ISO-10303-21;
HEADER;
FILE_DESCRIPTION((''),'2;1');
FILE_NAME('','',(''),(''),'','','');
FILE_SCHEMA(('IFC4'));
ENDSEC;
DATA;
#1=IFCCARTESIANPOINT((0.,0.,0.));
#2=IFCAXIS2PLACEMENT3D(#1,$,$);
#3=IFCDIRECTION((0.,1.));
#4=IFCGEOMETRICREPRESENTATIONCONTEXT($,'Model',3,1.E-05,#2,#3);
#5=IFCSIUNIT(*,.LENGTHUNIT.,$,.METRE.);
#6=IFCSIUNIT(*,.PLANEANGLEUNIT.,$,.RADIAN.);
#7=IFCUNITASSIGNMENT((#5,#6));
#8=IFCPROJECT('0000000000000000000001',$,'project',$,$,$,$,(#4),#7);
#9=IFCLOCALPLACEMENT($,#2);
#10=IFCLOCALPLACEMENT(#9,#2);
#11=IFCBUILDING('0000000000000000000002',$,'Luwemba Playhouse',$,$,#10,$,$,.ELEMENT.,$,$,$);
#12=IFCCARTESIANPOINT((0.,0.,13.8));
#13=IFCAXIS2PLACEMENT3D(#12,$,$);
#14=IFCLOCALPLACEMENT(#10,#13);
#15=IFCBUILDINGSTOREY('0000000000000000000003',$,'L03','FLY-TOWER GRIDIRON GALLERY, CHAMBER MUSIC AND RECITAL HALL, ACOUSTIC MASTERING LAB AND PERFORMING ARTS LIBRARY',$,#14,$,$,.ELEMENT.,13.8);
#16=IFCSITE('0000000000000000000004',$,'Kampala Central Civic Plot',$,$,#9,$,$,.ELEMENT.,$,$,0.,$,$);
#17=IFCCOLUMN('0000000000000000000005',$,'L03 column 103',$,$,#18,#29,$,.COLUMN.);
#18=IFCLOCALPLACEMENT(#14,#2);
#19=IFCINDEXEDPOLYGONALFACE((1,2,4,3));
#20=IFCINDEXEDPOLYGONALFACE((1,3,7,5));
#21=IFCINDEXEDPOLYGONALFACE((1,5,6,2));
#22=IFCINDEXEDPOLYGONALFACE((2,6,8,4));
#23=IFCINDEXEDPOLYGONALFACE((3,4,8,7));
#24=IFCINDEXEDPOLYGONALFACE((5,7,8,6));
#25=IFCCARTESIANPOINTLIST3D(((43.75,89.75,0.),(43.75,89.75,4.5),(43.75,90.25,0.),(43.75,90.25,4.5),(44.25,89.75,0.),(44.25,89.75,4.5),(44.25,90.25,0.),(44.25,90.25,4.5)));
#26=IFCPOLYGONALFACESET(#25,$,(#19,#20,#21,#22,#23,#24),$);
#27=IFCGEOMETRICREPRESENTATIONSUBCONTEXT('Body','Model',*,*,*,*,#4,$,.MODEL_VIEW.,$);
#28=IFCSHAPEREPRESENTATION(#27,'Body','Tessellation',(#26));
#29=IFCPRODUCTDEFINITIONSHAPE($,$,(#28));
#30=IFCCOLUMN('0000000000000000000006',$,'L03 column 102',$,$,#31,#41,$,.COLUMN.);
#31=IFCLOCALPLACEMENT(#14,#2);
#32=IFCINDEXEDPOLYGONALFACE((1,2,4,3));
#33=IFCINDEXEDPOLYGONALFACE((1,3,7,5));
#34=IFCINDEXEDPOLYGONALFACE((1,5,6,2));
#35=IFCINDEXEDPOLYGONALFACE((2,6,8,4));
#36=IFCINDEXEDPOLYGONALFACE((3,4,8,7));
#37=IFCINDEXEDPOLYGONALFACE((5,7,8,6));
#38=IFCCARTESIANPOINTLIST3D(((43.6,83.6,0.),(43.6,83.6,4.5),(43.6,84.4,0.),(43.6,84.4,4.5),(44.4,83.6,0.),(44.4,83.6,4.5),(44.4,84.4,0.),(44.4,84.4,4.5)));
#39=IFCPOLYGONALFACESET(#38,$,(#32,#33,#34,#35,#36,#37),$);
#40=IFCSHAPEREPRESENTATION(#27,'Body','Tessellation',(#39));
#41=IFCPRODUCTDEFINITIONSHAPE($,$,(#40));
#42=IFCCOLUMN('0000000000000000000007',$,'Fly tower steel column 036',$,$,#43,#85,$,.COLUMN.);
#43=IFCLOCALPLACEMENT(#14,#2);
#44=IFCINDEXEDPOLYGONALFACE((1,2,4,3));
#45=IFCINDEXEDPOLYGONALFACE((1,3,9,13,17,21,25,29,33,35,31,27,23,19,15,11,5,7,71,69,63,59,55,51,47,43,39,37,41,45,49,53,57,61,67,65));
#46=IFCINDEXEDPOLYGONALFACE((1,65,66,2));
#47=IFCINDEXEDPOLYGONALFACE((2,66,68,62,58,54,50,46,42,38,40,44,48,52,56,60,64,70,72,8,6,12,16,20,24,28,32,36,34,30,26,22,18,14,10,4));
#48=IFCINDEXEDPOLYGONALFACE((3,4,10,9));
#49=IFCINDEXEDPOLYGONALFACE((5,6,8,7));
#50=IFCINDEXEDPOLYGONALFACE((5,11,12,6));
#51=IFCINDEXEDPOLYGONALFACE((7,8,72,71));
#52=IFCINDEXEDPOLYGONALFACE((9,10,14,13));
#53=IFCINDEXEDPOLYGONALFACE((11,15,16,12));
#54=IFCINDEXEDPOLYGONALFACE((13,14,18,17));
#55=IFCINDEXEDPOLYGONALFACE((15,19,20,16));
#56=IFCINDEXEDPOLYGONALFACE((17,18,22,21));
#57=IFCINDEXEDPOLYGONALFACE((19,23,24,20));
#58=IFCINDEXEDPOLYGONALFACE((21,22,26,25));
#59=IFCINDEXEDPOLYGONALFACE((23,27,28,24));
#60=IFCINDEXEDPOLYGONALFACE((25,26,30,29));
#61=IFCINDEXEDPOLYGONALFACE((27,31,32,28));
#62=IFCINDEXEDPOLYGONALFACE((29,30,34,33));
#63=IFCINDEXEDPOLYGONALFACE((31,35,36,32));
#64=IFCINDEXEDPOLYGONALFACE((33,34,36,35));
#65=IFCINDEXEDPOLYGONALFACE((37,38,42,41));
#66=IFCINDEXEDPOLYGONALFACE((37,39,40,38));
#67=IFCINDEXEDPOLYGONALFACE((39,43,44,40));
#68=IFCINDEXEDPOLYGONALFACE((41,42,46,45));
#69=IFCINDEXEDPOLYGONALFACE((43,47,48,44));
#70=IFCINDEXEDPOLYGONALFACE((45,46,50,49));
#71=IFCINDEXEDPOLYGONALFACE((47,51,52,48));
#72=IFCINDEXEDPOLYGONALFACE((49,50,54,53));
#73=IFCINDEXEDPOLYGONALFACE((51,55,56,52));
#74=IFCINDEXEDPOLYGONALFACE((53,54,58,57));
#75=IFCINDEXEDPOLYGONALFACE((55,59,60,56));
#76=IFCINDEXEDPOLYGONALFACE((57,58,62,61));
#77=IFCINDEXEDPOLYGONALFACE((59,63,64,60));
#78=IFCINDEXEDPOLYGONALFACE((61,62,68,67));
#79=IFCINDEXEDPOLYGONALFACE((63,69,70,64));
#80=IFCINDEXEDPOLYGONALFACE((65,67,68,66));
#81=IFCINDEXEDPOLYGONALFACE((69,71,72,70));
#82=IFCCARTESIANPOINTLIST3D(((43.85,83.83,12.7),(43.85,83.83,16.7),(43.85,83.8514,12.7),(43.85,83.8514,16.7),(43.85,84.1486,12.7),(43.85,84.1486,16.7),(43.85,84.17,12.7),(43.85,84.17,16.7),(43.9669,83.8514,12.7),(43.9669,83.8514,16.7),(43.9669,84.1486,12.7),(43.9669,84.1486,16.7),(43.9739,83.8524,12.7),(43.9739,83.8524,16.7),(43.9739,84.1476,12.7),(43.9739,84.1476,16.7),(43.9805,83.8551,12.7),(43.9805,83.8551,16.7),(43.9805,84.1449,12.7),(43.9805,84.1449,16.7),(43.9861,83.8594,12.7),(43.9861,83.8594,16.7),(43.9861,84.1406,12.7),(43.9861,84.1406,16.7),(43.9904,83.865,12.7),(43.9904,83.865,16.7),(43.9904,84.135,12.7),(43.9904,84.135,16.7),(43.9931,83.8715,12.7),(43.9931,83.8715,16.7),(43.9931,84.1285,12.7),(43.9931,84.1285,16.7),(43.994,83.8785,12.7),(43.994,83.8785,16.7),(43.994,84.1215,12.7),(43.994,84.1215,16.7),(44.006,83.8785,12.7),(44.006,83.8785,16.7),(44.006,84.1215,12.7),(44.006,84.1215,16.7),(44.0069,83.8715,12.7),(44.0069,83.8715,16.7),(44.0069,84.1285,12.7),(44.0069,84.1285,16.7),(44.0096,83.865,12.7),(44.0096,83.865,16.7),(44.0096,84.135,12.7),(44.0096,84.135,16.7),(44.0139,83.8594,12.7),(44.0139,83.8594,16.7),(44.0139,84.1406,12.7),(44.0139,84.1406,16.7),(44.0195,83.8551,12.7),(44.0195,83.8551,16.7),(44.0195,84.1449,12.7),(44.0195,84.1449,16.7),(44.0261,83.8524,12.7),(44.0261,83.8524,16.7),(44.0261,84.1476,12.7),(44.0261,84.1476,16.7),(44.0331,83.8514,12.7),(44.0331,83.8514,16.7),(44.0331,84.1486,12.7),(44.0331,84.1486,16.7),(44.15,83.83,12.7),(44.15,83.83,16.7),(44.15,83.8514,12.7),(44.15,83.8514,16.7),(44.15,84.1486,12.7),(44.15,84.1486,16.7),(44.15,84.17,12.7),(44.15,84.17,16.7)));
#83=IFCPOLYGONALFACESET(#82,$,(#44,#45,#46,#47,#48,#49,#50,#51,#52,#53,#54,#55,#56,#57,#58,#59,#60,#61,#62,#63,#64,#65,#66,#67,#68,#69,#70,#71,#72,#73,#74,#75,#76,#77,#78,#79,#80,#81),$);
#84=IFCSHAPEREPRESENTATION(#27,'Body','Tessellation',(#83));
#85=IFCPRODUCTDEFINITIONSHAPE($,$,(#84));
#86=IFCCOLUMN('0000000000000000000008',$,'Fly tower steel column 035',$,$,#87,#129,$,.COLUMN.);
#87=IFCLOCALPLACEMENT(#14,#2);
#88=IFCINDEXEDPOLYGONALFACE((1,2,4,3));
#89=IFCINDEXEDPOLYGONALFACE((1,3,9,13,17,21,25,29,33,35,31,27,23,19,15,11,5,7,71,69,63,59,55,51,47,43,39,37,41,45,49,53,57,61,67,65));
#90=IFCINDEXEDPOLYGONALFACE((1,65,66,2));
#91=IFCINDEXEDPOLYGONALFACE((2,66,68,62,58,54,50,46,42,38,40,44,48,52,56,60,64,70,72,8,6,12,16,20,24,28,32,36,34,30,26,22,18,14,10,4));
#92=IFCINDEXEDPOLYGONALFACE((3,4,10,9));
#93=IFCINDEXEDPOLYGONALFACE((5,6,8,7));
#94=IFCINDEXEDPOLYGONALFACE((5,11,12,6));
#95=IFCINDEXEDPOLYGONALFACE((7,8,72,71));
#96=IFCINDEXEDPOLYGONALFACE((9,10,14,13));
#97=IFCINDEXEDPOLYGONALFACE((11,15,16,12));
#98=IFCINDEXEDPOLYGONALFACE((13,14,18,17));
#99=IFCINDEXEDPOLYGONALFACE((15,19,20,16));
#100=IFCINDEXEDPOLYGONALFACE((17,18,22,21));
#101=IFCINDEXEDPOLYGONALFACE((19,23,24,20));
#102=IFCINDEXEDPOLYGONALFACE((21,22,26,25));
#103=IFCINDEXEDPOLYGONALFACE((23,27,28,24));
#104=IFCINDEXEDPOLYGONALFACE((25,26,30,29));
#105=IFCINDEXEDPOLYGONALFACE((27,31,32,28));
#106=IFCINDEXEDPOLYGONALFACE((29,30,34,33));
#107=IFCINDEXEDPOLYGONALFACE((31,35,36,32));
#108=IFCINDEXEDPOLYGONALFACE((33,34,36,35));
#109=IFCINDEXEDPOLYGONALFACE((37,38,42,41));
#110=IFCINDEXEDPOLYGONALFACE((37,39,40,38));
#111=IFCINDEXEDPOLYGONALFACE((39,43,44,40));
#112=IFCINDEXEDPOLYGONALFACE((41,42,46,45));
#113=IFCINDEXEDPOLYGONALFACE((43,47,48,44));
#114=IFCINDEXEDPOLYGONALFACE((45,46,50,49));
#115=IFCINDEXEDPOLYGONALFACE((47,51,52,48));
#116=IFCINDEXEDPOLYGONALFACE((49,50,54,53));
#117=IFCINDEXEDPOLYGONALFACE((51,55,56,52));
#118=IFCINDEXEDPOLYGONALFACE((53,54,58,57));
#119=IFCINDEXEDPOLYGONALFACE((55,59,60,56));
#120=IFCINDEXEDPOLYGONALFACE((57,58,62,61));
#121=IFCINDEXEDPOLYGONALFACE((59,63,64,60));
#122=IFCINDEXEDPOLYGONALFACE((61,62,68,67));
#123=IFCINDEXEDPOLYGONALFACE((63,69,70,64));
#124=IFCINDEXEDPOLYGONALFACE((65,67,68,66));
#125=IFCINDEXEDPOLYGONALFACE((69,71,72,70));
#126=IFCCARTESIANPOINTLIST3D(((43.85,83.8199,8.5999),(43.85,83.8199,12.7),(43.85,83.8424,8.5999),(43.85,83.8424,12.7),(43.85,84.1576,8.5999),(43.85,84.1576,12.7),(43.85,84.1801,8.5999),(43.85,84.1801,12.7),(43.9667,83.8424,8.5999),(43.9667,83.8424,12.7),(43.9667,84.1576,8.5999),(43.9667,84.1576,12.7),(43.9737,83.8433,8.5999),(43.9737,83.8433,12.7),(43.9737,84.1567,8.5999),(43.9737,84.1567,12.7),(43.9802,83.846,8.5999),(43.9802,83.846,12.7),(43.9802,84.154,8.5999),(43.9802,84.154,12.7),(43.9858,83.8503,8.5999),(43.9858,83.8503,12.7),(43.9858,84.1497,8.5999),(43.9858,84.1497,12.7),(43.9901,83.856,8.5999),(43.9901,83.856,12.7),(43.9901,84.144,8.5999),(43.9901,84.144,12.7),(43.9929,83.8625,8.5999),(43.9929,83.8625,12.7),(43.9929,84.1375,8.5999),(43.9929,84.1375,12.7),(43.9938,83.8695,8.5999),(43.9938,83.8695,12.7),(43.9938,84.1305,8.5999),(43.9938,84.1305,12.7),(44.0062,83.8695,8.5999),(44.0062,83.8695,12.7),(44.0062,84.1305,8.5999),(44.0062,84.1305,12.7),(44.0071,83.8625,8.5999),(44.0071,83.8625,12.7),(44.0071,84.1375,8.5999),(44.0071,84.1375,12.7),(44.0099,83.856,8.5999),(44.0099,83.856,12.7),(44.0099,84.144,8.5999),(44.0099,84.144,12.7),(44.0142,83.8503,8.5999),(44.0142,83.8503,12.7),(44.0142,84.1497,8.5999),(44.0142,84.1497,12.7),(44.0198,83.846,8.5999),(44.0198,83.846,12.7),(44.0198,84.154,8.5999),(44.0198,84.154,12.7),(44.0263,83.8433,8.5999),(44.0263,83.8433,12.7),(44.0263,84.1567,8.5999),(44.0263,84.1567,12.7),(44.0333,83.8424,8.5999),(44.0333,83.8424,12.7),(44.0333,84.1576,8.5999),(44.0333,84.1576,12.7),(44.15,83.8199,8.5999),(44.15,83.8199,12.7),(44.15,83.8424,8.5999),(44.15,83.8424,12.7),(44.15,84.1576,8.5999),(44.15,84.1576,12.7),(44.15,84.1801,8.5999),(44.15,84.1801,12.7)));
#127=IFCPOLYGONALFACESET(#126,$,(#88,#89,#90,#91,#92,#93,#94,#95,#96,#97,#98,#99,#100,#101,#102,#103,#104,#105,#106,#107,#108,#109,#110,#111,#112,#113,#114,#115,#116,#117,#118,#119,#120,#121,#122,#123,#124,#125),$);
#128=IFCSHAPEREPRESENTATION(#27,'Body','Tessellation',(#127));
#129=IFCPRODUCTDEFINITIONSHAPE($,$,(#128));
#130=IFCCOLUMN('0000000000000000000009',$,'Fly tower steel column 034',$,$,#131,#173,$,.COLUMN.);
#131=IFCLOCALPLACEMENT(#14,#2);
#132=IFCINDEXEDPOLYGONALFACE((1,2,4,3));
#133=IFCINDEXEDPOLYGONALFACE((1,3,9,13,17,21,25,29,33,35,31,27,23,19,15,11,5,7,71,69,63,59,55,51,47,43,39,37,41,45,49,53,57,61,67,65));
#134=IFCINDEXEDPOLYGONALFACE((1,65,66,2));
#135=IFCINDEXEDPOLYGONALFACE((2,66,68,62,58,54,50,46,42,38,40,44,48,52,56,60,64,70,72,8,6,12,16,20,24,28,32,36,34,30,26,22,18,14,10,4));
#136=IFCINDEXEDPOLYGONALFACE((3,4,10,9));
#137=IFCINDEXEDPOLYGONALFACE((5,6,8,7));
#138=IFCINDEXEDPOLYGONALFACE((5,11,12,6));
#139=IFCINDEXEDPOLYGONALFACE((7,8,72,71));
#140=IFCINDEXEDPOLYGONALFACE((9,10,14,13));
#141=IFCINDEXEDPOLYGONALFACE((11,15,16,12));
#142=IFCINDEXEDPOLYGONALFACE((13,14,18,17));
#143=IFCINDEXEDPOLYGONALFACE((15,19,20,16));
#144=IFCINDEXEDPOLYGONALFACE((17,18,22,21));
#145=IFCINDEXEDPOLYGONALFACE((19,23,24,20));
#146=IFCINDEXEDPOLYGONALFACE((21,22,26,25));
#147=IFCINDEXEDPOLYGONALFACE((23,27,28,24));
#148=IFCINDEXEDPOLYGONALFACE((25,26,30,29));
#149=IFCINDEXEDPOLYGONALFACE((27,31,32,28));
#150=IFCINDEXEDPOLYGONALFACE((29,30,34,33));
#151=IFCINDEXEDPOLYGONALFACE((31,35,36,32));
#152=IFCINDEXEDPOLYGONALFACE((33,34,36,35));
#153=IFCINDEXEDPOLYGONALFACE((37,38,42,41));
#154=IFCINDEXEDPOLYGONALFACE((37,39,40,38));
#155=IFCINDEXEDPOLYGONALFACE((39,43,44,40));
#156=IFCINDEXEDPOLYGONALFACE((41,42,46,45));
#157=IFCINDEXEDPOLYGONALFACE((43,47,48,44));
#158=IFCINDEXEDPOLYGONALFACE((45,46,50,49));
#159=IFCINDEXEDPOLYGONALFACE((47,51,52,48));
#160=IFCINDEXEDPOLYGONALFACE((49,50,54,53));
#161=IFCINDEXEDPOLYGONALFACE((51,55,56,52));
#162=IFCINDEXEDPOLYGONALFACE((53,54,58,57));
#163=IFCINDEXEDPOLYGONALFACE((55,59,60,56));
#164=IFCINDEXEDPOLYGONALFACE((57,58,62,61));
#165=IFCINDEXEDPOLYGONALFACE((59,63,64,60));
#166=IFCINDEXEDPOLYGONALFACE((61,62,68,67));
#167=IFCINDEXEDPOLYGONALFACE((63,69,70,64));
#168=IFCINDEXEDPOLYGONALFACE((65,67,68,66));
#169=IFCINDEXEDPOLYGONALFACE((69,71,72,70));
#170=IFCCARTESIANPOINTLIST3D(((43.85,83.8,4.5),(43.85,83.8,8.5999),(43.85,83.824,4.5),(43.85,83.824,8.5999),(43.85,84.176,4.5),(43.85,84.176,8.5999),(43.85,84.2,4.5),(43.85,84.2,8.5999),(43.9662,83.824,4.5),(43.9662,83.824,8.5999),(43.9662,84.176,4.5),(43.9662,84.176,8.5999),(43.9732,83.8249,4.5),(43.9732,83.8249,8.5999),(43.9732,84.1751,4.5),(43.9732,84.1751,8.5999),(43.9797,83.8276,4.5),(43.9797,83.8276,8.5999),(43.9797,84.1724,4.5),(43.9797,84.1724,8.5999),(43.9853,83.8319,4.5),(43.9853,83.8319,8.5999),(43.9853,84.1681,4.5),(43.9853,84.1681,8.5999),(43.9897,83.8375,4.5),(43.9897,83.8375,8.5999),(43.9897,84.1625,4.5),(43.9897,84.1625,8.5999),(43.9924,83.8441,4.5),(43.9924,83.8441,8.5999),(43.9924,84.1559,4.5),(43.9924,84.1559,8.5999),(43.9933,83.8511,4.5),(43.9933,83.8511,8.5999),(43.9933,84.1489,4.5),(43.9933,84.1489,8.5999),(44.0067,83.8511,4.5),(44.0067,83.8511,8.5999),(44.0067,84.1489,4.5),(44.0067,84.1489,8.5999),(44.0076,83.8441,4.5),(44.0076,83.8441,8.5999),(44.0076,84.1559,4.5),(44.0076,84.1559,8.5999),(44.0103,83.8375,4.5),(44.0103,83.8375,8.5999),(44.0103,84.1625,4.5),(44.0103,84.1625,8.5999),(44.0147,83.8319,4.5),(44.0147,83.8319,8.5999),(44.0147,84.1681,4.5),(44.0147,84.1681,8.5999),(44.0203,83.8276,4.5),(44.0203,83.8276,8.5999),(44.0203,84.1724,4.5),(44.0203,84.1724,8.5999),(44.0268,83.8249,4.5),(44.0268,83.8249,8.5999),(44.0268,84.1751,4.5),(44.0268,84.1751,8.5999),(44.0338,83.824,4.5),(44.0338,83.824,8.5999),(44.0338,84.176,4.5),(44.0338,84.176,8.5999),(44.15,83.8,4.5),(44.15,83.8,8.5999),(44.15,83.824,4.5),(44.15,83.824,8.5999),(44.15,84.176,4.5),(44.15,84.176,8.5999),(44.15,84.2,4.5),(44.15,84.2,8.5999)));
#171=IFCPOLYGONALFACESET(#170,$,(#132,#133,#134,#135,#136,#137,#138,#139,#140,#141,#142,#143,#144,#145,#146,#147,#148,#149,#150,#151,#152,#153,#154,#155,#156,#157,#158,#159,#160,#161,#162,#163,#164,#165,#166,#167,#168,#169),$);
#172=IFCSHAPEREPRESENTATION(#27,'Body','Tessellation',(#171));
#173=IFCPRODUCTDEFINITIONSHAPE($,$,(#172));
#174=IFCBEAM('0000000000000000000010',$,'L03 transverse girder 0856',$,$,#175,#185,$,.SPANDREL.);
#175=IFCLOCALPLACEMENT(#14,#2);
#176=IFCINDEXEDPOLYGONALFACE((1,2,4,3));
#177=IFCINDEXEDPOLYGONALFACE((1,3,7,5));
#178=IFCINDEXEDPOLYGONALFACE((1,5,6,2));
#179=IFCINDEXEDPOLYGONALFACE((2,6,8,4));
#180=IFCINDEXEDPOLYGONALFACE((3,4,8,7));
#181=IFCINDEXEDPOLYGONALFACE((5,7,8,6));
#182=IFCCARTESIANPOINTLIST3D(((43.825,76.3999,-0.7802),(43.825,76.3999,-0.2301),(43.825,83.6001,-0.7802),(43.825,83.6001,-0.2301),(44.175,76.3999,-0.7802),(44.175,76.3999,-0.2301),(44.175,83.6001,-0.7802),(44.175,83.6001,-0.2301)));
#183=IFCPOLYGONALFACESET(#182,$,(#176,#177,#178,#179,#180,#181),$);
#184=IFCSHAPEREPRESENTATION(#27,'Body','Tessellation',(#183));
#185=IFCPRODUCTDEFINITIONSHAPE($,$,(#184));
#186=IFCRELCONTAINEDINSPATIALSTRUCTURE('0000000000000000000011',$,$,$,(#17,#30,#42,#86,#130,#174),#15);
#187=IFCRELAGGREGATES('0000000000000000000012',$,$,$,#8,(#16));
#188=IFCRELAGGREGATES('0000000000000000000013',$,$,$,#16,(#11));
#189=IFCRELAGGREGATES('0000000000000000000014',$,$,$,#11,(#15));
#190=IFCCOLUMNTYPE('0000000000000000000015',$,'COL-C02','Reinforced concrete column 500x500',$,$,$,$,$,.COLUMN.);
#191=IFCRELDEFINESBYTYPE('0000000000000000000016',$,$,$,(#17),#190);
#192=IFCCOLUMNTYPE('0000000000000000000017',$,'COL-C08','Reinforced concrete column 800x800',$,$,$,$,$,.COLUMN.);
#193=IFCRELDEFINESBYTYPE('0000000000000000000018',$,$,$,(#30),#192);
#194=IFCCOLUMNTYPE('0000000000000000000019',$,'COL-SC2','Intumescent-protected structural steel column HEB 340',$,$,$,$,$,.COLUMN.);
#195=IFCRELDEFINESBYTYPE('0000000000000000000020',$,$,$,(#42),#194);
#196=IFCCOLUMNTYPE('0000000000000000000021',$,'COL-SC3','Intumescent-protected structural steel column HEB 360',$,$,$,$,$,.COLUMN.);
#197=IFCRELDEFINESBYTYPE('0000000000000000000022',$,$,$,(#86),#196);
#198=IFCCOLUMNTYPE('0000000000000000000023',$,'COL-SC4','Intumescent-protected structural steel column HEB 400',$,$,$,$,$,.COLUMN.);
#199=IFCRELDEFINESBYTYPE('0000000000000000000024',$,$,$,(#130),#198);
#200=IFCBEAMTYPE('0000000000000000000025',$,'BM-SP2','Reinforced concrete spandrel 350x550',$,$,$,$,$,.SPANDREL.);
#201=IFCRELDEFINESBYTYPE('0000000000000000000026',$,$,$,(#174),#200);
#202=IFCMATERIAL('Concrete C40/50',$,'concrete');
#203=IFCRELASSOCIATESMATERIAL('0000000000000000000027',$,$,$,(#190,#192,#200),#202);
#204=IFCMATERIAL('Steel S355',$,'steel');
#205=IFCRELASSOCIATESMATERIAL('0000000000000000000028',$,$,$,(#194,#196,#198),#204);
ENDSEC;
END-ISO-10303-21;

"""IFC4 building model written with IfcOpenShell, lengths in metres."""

from ifc_helpers import new_model, si_unit, direction, frame, origin, origin_2d, place, context, subcontext, project, spatial, rectangle, i_section, extrude, material, material_profile, profile_set, type_object, element, save


model = new_model("IFC4")

# Units and contexts
model_context = context("Model", 3, precision=1e-05, world=origin(), true_north=direction((0.0, 1.0)))
body_context = subcontext(model_context, "Body", "Model", "MODEL_VIEW")
ifc_project = project(units=[si_unit("LENGTHUNIT", "METRE"), si_unit("PLANEANGLEUNIT", "RADIAN")], contexts=[model_context])

# Site, building, storey
site_placement = place(None, origin())
site = spatial("IfcSite", under=ifc_project, at=site_placement, Name="Kampala Central Civic Plot", CompositionType="ELEMENT", RefElevation=0.0)
building_placement = place(site_placement, origin())
building = spatial("IfcBuilding", under=site, at=building_placement, Name="Luwemba Playhouse", CompositionType="ELEMENT")
storey_placement = place(building_placement, frame((0.0, 0.0, 13.8)))
storey = spatial("IfcBuildingStorey", under=building, at=storey_placement, Name="L03", Description="FLY-TOWER GRIDIRON GALLERY, CHAMBER MUSIC AND RECITAL HALL, ACOUSTIC MASTERING LAB AND PERFORMING ARTS LIBRARY", CompositionType="ELEMENT", Elevation=13.8)

# Columns
ifc_material_1 = material(Name="Concrete C40/50", Category="concrete")
ifc_material_profile_1 = material_profile(ifc_material_1, rectangle(XDim=0.5, YDim=0.5, at=origin_2d()))
ifc_profile_set_1 = profile_set([ifc_material_profile_1], Name="Concrete C40/50")
column_type_1 = type_object("IfcColumnType", Name="COL-C02", Description="Reinforced concrete column 500x500", PredefinedType="COLUMN", material=ifc_profile_set_1)
column_1_placement = place(storey_placement, frame((44.0, 90.0, 0.0), z_axis=(0.0, 0.0, 1.0), x_axis=(1.0, 0.0, 0.0)))
element("IfcColumn", 1, at=column_1_placement, inside=storey, type_object=column_type_1, Name="L03 column 103", PredefinedType="COLUMN", context=body_context, shape_type="SweptSolid", body=[
    extrude(rectangle(XDim=0.5, YDim=0.5, at=origin_2d()), origin(), (0.0, 0.0, 1.0), 4.5),
])
ifc_material_profile_2 = material_profile(ifc_material_1, rectangle(XDim=0.8, YDim=0.8, at=origin_2d()))
ifc_profile_set_2 = profile_set([ifc_material_profile_2], Name="Concrete C40/50")
column_type_2 = type_object("IfcColumnType", Name="COL-C08", Description="Reinforced concrete column 800x800", PredefinedType="COLUMN", material=ifc_profile_set_2)
column_2_placement = place(storey_placement, frame((44.0, 84.0, 0.0), z_axis=(0.0, 0.0, 1.0), x_axis=(1.0, 0.0, 0.0)))
element("IfcColumn", 2, at=column_2_placement, inside=storey, type_object=column_type_2, Name="L03 column 102", PredefinedType="COLUMN", context=body_context, shape_type="SweptSolid", body=[
    extrude(rectangle(XDim=0.8, YDim=0.8, at=origin_2d()), origin(), (0.0, 0.0, 1.0), 4.5),
])
ifc_material_2 = material(Name="Steel S355", Category="steel")
ifc_material_profile_3 = material_profile(ifc_material_2, i_section(OverallWidth=0.3, OverallDepth=0.3401, WebThickness=0.012, FlangeThickness=0.0215, FilletRadius=0.0271, at=origin_2d()))
ifc_profile_set_3 = profile_set([ifc_material_profile_3], Name="Steel S355")
column_type_3 = type_object("IfcColumnType", Name="COL-SC2", Description="Intumescent-protected structural steel column HEB 340", PredefinedType="COLUMN", material=ifc_profile_set_3)
column_3_placement = place(storey_placement, frame((44.0, 84.0, 12.7), z_axis=(0.0, 0.0, 1.0), x_axis=(1.0, 0.0, 0.0)))
element("IfcColumn", 3, at=column_3_placement, inside=storey, type_object=column_type_3, Name="Fly tower steel column 036", PredefinedType="COLUMN", context=body_context, shape_type="SweptSolid", body=[
    extrude(i_section(OverallWidth=0.3, OverallDepth=0.3401, WebThickness=0.012, FlangeThickness=0.0215, FilletRadius=0.0271, at=origin_2d()), origin(), (0.0, 0.0, 1.0), 4.0),
])
ifc_material_profile_4 = material_profile(ifc_material_2, i_section(OverallWidth=0.3, OverallDepth=0.3601, WebThickness=0.0125, FlangeThickness=0.0225, FilletRadius=0.0271, at=origin_2d()))
ifc_profile_set_4 = profile_set([ifc_material_profile_4], Name="Steel S355")
column_type_4 = type_object("IfcColumnType", Name="COL-SC3", Description="Intumescent-protected structural steel column HEB 360", PredefinedType="COLUMN", material=ifc_profile_set_4)
column_4_placement = place(storey_placement, frame((44.0, 84.0, 8.5999), z_axis=(0.0, 0.0, 1.0), x_axis=(1.0, 0.0, 0.0)))
element("IfcColumn", 4, at=column_4_placement, inside=storey, type_object=column_type_4, Name="Fly tower steel column 035", PredefinedType="COLUMN", context=body_context, shape_type="SweptSolid", body=[
    extrude(i_section(OverallWidth=0.3, OverallDepth=0.3601, WebThickness=0.0125, FlangeThickness=0.0225, FilletRadius=0.0271, at=origin_2d()), origin(), (0.0, 0.0, 1.0), 4.1001),
])
ifc_material_profile_5 = material_profile(ifc_material_2, i_section(OverallWidth=0.3, OverallDepth=0.3999, WebThickness=0.0134, FlangeThickness=0.0239, FilletRadius=0.0271, at=origin_2d()))
ifc_profile_set_5 = profile_set([ifc_material_profile_5], Name="Steel S355")
column_type_5 = type_object("IfcColumnType", Name="COL-SC4", Description="Intumescent-protected structural steel column HEB 400", PredefinedType="COLUMN", material=ifc_profile_set_5)
column_5_placement = place(storey_placement, frame((44.0, 84.0, 4.5), z_axis=(0.0, 0.0, 1.0), x_axis=(1.0, 0.0, 0.0)))
element("IfcColumn", 5, at=column_5_placement, inside=storey, type_object=column_type_5, Name="Fly tower steel column 034", PredefinedType="COLUMN", context=body_context, shape_type="SweptSolid", body=[
    extrude(i_section(OverallWidth=0.3, OverallDepth=0.3999, WebThickness=0.0134, FlangeThickness=0.0239, FilletRadius=0.0271, at=origin_2d()), origin(), (0.0, 0.0, 1.0), 4.0999),
])

# Beam
ifc_material_profile_6 = material_profile(ifc_material_1, rectangle(XDim=0.3501, YDim=0.55, at=origin_2d()))
ifc_profile_set_6 = profile_set([ifc_material_profile_6], Name="Concrete C40/50")
beam_type_1 = type_object("IfcBeamType", Name="BM-SP2", Description="Reinforced concrete spandrel 350x550", PredefinedType="SPANDREL", material=ifc_profile_set_6)
beam_1_placement = place(storey_placement, frame((44.0, 76.3999, -0.5051), z_axis=(0.0, 1.0, 0.0), x_axis=(-1.0, 0.0, 0.0)))
element("IfcBeam", 6, at=beam_1_placement, inside=storey, type_object=beam_type_1, Name="L03 transverse girder 0856", PredefinedType="SPANDREL", context=body_context, shape_type="SweptSolid", body=[
    extrude(rectangle(XDim=0.3501, YDim=0.55, at=origin_2d()), origin(), (0.0, 0.0, 1.0), 7.2002),
])

save(model, "model.ifc")
